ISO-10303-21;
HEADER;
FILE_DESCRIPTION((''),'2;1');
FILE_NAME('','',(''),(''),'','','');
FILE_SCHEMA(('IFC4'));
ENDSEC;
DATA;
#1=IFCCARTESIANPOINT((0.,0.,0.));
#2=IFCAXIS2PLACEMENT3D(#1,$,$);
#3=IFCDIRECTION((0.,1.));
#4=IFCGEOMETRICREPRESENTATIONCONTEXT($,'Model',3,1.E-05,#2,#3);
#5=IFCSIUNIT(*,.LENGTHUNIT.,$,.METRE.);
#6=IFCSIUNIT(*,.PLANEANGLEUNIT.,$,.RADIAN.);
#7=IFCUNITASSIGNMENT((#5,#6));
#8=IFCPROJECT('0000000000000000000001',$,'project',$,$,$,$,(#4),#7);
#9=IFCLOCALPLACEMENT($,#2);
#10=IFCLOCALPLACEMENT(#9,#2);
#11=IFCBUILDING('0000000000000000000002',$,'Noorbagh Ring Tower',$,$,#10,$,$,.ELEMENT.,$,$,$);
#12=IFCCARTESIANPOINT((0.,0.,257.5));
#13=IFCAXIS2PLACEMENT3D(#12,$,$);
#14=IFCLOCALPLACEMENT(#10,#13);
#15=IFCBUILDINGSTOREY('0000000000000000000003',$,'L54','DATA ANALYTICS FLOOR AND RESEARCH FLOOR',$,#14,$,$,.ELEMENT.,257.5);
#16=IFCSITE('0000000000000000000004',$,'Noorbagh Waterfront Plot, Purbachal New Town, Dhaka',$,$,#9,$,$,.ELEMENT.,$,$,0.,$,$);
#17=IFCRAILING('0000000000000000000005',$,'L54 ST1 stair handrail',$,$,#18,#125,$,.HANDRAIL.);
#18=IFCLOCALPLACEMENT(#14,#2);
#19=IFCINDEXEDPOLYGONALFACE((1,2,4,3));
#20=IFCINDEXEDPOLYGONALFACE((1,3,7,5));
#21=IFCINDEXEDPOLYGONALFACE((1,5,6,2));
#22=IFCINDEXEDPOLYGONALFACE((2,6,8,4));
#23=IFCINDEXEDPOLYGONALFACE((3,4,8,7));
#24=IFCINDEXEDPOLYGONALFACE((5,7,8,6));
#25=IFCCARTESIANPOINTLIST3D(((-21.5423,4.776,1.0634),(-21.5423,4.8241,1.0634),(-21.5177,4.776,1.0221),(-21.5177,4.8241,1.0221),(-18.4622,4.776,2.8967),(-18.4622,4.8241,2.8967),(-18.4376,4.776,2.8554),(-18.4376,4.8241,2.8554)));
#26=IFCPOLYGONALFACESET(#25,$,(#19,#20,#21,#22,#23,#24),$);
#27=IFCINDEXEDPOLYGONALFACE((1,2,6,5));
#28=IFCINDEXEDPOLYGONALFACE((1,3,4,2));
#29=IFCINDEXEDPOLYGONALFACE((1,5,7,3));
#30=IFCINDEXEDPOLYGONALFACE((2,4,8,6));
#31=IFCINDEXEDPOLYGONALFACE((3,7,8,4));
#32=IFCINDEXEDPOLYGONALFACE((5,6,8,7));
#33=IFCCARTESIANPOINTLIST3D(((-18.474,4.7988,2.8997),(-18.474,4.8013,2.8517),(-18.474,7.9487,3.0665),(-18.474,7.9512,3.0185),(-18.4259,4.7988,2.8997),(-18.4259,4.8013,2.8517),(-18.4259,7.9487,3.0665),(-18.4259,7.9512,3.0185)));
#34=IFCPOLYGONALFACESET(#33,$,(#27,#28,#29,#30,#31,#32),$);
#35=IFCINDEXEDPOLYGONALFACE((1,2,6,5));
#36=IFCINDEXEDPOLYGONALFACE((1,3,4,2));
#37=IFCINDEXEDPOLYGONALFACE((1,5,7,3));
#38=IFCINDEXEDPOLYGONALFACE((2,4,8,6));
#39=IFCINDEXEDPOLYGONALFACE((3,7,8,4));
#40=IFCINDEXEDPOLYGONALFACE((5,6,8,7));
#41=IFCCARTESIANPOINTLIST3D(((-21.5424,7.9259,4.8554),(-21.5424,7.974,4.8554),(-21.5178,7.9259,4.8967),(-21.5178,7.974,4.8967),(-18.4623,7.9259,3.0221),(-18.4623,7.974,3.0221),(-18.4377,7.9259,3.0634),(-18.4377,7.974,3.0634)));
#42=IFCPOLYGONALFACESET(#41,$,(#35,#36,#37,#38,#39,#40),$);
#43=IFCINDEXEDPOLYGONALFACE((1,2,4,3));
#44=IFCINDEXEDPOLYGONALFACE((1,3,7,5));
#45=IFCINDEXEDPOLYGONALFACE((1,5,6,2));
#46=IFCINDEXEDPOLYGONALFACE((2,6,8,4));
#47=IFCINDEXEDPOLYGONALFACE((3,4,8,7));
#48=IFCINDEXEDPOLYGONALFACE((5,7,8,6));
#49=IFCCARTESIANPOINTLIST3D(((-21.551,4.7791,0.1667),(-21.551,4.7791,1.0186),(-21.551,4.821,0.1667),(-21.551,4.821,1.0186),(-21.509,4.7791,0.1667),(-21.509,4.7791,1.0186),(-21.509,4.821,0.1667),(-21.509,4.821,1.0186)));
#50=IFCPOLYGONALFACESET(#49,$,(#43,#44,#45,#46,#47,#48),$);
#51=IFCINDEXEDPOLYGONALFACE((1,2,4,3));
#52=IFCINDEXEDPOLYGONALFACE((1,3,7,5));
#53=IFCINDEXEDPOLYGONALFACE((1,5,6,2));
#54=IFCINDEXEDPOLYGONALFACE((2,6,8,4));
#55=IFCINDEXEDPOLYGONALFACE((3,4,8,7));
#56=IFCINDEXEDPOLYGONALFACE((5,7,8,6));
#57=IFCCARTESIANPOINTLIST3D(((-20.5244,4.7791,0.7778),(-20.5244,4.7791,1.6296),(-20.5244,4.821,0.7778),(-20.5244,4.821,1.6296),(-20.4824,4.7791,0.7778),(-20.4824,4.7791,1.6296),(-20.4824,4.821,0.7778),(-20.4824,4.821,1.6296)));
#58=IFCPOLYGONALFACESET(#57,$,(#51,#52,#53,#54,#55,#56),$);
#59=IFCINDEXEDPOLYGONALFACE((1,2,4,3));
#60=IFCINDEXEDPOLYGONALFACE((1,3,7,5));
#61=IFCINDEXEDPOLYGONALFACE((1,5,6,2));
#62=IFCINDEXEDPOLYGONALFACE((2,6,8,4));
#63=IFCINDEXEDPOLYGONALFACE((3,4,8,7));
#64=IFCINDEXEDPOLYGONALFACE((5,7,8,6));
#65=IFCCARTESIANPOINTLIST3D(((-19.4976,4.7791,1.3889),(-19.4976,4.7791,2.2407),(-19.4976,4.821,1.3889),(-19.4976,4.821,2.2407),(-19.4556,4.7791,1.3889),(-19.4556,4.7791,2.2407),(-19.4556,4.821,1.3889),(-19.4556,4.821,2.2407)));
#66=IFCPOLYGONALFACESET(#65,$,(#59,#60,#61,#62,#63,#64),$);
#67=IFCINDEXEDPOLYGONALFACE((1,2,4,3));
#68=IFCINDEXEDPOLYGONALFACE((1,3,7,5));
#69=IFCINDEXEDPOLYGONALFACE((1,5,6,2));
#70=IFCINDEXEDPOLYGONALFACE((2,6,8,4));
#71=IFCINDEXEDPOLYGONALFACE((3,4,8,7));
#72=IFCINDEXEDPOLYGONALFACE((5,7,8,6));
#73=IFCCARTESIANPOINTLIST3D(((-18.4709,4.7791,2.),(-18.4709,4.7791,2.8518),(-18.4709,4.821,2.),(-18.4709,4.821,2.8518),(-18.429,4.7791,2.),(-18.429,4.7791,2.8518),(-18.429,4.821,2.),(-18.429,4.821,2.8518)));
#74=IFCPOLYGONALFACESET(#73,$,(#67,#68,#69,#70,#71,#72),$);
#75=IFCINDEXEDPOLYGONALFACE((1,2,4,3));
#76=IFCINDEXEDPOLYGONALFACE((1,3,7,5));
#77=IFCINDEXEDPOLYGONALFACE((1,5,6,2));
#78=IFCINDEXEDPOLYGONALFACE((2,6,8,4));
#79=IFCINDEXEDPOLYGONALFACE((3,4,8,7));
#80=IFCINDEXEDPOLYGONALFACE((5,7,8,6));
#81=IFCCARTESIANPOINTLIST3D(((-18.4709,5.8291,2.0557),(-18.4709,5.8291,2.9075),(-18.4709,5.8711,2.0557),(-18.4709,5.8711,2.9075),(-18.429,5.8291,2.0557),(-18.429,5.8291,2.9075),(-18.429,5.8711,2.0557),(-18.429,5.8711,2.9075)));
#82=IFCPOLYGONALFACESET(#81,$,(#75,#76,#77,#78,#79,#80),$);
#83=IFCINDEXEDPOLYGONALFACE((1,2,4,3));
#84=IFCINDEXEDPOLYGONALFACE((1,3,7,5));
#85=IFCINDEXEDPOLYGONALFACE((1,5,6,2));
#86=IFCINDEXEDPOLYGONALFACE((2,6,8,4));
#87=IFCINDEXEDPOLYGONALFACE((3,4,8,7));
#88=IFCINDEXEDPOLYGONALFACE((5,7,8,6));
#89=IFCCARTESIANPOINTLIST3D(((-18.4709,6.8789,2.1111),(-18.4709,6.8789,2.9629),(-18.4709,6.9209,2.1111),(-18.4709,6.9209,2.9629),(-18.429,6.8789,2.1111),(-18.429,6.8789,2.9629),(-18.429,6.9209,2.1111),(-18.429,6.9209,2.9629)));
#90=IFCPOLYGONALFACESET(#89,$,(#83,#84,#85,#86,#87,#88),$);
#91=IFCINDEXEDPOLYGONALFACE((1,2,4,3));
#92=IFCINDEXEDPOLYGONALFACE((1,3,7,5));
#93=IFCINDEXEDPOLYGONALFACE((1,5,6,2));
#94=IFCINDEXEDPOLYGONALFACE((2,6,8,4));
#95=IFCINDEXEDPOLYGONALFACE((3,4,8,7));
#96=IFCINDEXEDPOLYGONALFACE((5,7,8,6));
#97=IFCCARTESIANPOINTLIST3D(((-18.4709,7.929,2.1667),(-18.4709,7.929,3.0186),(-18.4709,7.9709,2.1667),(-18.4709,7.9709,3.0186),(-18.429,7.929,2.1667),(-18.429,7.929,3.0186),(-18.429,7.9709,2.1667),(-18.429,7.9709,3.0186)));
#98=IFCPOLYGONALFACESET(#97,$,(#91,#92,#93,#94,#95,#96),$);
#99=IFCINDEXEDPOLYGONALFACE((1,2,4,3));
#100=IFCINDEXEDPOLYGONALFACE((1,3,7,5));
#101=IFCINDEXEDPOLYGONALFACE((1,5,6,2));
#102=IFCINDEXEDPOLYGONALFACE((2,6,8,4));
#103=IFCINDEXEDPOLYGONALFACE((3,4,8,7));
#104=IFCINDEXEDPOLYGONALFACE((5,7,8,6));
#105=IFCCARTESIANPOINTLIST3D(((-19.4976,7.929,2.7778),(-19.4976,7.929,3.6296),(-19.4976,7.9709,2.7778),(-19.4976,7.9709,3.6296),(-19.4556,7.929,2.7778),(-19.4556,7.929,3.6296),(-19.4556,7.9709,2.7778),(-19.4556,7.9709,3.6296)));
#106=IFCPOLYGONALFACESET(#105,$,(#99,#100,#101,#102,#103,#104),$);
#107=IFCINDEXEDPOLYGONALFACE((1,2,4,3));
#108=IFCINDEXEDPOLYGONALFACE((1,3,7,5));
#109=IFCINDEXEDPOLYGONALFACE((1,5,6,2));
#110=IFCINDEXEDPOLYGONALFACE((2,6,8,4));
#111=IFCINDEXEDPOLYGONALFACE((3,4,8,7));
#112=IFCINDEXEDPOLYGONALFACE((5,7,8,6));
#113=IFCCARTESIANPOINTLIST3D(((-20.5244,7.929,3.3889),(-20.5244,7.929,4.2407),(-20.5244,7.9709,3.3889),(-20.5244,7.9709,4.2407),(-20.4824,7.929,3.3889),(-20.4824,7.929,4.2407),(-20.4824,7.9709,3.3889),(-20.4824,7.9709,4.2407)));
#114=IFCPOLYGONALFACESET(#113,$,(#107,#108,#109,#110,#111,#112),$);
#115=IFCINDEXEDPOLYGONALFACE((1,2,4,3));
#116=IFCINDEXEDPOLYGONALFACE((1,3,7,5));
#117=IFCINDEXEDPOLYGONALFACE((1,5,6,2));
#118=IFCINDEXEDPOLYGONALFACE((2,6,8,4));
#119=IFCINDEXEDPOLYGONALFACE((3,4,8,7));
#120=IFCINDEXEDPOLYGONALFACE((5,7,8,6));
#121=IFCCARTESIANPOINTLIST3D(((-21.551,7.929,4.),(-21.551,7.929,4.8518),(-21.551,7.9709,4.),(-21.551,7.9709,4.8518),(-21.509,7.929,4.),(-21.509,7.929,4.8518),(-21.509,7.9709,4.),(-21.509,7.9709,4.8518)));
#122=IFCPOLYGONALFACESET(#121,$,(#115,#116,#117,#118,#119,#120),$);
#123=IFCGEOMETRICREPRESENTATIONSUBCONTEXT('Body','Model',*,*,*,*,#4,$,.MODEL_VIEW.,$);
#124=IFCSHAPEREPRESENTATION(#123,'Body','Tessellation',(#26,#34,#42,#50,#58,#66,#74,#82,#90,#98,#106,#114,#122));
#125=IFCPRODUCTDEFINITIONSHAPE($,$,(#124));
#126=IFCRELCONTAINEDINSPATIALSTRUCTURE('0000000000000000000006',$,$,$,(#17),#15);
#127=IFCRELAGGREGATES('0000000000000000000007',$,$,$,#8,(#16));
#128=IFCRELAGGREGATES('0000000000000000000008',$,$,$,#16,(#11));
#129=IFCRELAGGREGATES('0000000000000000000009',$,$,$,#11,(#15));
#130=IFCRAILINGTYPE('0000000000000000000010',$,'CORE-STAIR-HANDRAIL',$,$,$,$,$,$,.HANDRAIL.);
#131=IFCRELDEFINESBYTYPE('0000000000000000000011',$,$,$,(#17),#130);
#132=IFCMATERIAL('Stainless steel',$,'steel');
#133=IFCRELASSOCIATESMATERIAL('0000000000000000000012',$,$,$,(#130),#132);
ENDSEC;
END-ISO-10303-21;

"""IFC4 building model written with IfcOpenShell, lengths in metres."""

from ifc_helpers import new_model, si_unit, direction, frame, origin, origin_2d, place, context, subcontext, project, spatial, rectangle, extrude, material, type_object, element, save


model = new_model("IFC4")

# Units and contexts
model_context = context("Model", 3, precision=1e-05, world=origin(), true_north=direction((0.0, 1.0)))
body_context = subcontext(model_context, "Body", "Model", "MODEL_VIEW")
ifc_project = project(units=[si_unit("LENGTHUNIT", "METRE"), si_unit("PLANEANGLEUNIT", "RADIAN")], contexts=[model_context])

# Site, building, storey
site_placement = place(None, origin())
site = spatial("IfcSite", under=ifc_project, at=site_placement, Name="Noorbagh Waterfront Plot, Purbachal New Town, Dhaka", CompositionType="ELEMENT", RefElevation=0.0)
building_placement = place(site_placement, origin())
building = spatial("IfcBuilding", under=site, at=building_placement, Name="Noorbagh Ring Tower", CompositionType="ELEMENT")
storey_placement = place(building_placement, frame((0.0, 0.0, 257.5)))
storey = spatial("IfcBuildingStorey", under=building, at=storey_placement, Name="L54", Description="DATA ANALYTICS FLOOR AND RESEARCH FLOOR", CompositionType="ELEMENT", Elevation=257.5)

# Railing
ifc_material_1 = material(Name="Stainless steel", Category="steel")
railing_type = type_object("IfcRailingType", Name="CORE-STAIR-HANDRAIL", PredefinedType="HANDRAIL", material=ifc_material_1)
railing_placement = place(storey_placement, frame((-21.53, 4.8, 0.1667)))
element("IfcRailing", 1, at=railing_placement, inside=storey, type_object=railing_type, Name="L54 ST1 stair handrail", PredefinedType="HANDRAIL", context=body_context, shape_type="SweptSolid", body=[
    extrude(rectangle(XDim=0.0481, YDim=0.0481, at=origin_2d()), frame((0.0, 0.0, 0.876), z_axis=(0.859309, 0.0, 0.511458), x_axis=(0.0, 1.0, 0.0)), (0.0, 0.0, 1.0), 3.5845),
    extrude(rectangle(XDim=0.0481, YDim=0.0481, at=origin_2d()), frame((3.0801, 0.0, 2.709), z_axis=(0.0, 0.998602, 0.052864), x_axis=(-1.0, 0.0, 0.0)), (0.0, 0.0, 1.0), 3.1543),
    extrude(rectangle(XDim=0.0481, YDim=0.0481, at=origin_2d()), frame((3.0801, 3.1499, 2.876), z_axis=(-0.859309, 0.0, 0.511458), x_axis=(0.0, -1.0, 0.0)), (0.0, 0.0, 1.0), 3.5845),
    extrude(rectangle(XDim=0.042, YDim=0.042, at=origin_2d()), origin(), (0.0, 0.0, 1.0), 0.8518),
    extrude(rectangle(XDim=0.042, YDim=0.042, at=origin_2d()), frame((1.0266, 0.0, 0.6111)), (0.0, 0.0, 1.0), 0.8518),
    extrude(rectangle(XDim=0.042, YDim=0.042, at=origin_2d()), frame((2.0535, 0.0, 1.2222)), (0.0, 0.0, 1.0), 0.8518),
    extrude(rectangle(XDim=0.042, YDim=0.042, at=origin_2d()), frame((3.0801, 0.0, 1.8333)), (0.0, 0.0, 1.0), 0.8518),
    extrude(rectangle(XDim=0.042, YDim=0.042, at=origin_2d()), frame((3.0801, 1.05, 1.8889)), (0.0, 0.0, 1.0), 0.8518),
    extrude(rectangle(XDim=0.042, YDim=0.042, at=origin_2d()), frame((3.0801, 2.0999, 1.9443)), (0.0, 0.0, 1.0), 0.8518),
    extrude(rectangle(XDim=0.042, YDim=0.042, at=origin_2d()), frame((3.0801, 3.1499, 2.0)), (0.0, 0.0, 1.0), 0.8518),
    extrude(rectangle(XDim=0.042, YDim=0.042, at=origin_2d()), frame((2.0535, 3.1499, 2.6111)), (0.0, 0.0, 1.0), 0.8518),
    extrude(rectangle(XDim=0.042, YDim=0.042, at=origin_2d()), frame((1.0266, 3.1499, 3.2222)), (0.0, 0.0, 1.0), 0.8518),
    extrude(rectangle(XDim=0.042, YDim=0.042, at=origin_2d()), frame((0.0, 3.1499, 3.8333)), (0.0, 0.0, 1.0), 0.8518),
])

save(model, "model.ifc")
